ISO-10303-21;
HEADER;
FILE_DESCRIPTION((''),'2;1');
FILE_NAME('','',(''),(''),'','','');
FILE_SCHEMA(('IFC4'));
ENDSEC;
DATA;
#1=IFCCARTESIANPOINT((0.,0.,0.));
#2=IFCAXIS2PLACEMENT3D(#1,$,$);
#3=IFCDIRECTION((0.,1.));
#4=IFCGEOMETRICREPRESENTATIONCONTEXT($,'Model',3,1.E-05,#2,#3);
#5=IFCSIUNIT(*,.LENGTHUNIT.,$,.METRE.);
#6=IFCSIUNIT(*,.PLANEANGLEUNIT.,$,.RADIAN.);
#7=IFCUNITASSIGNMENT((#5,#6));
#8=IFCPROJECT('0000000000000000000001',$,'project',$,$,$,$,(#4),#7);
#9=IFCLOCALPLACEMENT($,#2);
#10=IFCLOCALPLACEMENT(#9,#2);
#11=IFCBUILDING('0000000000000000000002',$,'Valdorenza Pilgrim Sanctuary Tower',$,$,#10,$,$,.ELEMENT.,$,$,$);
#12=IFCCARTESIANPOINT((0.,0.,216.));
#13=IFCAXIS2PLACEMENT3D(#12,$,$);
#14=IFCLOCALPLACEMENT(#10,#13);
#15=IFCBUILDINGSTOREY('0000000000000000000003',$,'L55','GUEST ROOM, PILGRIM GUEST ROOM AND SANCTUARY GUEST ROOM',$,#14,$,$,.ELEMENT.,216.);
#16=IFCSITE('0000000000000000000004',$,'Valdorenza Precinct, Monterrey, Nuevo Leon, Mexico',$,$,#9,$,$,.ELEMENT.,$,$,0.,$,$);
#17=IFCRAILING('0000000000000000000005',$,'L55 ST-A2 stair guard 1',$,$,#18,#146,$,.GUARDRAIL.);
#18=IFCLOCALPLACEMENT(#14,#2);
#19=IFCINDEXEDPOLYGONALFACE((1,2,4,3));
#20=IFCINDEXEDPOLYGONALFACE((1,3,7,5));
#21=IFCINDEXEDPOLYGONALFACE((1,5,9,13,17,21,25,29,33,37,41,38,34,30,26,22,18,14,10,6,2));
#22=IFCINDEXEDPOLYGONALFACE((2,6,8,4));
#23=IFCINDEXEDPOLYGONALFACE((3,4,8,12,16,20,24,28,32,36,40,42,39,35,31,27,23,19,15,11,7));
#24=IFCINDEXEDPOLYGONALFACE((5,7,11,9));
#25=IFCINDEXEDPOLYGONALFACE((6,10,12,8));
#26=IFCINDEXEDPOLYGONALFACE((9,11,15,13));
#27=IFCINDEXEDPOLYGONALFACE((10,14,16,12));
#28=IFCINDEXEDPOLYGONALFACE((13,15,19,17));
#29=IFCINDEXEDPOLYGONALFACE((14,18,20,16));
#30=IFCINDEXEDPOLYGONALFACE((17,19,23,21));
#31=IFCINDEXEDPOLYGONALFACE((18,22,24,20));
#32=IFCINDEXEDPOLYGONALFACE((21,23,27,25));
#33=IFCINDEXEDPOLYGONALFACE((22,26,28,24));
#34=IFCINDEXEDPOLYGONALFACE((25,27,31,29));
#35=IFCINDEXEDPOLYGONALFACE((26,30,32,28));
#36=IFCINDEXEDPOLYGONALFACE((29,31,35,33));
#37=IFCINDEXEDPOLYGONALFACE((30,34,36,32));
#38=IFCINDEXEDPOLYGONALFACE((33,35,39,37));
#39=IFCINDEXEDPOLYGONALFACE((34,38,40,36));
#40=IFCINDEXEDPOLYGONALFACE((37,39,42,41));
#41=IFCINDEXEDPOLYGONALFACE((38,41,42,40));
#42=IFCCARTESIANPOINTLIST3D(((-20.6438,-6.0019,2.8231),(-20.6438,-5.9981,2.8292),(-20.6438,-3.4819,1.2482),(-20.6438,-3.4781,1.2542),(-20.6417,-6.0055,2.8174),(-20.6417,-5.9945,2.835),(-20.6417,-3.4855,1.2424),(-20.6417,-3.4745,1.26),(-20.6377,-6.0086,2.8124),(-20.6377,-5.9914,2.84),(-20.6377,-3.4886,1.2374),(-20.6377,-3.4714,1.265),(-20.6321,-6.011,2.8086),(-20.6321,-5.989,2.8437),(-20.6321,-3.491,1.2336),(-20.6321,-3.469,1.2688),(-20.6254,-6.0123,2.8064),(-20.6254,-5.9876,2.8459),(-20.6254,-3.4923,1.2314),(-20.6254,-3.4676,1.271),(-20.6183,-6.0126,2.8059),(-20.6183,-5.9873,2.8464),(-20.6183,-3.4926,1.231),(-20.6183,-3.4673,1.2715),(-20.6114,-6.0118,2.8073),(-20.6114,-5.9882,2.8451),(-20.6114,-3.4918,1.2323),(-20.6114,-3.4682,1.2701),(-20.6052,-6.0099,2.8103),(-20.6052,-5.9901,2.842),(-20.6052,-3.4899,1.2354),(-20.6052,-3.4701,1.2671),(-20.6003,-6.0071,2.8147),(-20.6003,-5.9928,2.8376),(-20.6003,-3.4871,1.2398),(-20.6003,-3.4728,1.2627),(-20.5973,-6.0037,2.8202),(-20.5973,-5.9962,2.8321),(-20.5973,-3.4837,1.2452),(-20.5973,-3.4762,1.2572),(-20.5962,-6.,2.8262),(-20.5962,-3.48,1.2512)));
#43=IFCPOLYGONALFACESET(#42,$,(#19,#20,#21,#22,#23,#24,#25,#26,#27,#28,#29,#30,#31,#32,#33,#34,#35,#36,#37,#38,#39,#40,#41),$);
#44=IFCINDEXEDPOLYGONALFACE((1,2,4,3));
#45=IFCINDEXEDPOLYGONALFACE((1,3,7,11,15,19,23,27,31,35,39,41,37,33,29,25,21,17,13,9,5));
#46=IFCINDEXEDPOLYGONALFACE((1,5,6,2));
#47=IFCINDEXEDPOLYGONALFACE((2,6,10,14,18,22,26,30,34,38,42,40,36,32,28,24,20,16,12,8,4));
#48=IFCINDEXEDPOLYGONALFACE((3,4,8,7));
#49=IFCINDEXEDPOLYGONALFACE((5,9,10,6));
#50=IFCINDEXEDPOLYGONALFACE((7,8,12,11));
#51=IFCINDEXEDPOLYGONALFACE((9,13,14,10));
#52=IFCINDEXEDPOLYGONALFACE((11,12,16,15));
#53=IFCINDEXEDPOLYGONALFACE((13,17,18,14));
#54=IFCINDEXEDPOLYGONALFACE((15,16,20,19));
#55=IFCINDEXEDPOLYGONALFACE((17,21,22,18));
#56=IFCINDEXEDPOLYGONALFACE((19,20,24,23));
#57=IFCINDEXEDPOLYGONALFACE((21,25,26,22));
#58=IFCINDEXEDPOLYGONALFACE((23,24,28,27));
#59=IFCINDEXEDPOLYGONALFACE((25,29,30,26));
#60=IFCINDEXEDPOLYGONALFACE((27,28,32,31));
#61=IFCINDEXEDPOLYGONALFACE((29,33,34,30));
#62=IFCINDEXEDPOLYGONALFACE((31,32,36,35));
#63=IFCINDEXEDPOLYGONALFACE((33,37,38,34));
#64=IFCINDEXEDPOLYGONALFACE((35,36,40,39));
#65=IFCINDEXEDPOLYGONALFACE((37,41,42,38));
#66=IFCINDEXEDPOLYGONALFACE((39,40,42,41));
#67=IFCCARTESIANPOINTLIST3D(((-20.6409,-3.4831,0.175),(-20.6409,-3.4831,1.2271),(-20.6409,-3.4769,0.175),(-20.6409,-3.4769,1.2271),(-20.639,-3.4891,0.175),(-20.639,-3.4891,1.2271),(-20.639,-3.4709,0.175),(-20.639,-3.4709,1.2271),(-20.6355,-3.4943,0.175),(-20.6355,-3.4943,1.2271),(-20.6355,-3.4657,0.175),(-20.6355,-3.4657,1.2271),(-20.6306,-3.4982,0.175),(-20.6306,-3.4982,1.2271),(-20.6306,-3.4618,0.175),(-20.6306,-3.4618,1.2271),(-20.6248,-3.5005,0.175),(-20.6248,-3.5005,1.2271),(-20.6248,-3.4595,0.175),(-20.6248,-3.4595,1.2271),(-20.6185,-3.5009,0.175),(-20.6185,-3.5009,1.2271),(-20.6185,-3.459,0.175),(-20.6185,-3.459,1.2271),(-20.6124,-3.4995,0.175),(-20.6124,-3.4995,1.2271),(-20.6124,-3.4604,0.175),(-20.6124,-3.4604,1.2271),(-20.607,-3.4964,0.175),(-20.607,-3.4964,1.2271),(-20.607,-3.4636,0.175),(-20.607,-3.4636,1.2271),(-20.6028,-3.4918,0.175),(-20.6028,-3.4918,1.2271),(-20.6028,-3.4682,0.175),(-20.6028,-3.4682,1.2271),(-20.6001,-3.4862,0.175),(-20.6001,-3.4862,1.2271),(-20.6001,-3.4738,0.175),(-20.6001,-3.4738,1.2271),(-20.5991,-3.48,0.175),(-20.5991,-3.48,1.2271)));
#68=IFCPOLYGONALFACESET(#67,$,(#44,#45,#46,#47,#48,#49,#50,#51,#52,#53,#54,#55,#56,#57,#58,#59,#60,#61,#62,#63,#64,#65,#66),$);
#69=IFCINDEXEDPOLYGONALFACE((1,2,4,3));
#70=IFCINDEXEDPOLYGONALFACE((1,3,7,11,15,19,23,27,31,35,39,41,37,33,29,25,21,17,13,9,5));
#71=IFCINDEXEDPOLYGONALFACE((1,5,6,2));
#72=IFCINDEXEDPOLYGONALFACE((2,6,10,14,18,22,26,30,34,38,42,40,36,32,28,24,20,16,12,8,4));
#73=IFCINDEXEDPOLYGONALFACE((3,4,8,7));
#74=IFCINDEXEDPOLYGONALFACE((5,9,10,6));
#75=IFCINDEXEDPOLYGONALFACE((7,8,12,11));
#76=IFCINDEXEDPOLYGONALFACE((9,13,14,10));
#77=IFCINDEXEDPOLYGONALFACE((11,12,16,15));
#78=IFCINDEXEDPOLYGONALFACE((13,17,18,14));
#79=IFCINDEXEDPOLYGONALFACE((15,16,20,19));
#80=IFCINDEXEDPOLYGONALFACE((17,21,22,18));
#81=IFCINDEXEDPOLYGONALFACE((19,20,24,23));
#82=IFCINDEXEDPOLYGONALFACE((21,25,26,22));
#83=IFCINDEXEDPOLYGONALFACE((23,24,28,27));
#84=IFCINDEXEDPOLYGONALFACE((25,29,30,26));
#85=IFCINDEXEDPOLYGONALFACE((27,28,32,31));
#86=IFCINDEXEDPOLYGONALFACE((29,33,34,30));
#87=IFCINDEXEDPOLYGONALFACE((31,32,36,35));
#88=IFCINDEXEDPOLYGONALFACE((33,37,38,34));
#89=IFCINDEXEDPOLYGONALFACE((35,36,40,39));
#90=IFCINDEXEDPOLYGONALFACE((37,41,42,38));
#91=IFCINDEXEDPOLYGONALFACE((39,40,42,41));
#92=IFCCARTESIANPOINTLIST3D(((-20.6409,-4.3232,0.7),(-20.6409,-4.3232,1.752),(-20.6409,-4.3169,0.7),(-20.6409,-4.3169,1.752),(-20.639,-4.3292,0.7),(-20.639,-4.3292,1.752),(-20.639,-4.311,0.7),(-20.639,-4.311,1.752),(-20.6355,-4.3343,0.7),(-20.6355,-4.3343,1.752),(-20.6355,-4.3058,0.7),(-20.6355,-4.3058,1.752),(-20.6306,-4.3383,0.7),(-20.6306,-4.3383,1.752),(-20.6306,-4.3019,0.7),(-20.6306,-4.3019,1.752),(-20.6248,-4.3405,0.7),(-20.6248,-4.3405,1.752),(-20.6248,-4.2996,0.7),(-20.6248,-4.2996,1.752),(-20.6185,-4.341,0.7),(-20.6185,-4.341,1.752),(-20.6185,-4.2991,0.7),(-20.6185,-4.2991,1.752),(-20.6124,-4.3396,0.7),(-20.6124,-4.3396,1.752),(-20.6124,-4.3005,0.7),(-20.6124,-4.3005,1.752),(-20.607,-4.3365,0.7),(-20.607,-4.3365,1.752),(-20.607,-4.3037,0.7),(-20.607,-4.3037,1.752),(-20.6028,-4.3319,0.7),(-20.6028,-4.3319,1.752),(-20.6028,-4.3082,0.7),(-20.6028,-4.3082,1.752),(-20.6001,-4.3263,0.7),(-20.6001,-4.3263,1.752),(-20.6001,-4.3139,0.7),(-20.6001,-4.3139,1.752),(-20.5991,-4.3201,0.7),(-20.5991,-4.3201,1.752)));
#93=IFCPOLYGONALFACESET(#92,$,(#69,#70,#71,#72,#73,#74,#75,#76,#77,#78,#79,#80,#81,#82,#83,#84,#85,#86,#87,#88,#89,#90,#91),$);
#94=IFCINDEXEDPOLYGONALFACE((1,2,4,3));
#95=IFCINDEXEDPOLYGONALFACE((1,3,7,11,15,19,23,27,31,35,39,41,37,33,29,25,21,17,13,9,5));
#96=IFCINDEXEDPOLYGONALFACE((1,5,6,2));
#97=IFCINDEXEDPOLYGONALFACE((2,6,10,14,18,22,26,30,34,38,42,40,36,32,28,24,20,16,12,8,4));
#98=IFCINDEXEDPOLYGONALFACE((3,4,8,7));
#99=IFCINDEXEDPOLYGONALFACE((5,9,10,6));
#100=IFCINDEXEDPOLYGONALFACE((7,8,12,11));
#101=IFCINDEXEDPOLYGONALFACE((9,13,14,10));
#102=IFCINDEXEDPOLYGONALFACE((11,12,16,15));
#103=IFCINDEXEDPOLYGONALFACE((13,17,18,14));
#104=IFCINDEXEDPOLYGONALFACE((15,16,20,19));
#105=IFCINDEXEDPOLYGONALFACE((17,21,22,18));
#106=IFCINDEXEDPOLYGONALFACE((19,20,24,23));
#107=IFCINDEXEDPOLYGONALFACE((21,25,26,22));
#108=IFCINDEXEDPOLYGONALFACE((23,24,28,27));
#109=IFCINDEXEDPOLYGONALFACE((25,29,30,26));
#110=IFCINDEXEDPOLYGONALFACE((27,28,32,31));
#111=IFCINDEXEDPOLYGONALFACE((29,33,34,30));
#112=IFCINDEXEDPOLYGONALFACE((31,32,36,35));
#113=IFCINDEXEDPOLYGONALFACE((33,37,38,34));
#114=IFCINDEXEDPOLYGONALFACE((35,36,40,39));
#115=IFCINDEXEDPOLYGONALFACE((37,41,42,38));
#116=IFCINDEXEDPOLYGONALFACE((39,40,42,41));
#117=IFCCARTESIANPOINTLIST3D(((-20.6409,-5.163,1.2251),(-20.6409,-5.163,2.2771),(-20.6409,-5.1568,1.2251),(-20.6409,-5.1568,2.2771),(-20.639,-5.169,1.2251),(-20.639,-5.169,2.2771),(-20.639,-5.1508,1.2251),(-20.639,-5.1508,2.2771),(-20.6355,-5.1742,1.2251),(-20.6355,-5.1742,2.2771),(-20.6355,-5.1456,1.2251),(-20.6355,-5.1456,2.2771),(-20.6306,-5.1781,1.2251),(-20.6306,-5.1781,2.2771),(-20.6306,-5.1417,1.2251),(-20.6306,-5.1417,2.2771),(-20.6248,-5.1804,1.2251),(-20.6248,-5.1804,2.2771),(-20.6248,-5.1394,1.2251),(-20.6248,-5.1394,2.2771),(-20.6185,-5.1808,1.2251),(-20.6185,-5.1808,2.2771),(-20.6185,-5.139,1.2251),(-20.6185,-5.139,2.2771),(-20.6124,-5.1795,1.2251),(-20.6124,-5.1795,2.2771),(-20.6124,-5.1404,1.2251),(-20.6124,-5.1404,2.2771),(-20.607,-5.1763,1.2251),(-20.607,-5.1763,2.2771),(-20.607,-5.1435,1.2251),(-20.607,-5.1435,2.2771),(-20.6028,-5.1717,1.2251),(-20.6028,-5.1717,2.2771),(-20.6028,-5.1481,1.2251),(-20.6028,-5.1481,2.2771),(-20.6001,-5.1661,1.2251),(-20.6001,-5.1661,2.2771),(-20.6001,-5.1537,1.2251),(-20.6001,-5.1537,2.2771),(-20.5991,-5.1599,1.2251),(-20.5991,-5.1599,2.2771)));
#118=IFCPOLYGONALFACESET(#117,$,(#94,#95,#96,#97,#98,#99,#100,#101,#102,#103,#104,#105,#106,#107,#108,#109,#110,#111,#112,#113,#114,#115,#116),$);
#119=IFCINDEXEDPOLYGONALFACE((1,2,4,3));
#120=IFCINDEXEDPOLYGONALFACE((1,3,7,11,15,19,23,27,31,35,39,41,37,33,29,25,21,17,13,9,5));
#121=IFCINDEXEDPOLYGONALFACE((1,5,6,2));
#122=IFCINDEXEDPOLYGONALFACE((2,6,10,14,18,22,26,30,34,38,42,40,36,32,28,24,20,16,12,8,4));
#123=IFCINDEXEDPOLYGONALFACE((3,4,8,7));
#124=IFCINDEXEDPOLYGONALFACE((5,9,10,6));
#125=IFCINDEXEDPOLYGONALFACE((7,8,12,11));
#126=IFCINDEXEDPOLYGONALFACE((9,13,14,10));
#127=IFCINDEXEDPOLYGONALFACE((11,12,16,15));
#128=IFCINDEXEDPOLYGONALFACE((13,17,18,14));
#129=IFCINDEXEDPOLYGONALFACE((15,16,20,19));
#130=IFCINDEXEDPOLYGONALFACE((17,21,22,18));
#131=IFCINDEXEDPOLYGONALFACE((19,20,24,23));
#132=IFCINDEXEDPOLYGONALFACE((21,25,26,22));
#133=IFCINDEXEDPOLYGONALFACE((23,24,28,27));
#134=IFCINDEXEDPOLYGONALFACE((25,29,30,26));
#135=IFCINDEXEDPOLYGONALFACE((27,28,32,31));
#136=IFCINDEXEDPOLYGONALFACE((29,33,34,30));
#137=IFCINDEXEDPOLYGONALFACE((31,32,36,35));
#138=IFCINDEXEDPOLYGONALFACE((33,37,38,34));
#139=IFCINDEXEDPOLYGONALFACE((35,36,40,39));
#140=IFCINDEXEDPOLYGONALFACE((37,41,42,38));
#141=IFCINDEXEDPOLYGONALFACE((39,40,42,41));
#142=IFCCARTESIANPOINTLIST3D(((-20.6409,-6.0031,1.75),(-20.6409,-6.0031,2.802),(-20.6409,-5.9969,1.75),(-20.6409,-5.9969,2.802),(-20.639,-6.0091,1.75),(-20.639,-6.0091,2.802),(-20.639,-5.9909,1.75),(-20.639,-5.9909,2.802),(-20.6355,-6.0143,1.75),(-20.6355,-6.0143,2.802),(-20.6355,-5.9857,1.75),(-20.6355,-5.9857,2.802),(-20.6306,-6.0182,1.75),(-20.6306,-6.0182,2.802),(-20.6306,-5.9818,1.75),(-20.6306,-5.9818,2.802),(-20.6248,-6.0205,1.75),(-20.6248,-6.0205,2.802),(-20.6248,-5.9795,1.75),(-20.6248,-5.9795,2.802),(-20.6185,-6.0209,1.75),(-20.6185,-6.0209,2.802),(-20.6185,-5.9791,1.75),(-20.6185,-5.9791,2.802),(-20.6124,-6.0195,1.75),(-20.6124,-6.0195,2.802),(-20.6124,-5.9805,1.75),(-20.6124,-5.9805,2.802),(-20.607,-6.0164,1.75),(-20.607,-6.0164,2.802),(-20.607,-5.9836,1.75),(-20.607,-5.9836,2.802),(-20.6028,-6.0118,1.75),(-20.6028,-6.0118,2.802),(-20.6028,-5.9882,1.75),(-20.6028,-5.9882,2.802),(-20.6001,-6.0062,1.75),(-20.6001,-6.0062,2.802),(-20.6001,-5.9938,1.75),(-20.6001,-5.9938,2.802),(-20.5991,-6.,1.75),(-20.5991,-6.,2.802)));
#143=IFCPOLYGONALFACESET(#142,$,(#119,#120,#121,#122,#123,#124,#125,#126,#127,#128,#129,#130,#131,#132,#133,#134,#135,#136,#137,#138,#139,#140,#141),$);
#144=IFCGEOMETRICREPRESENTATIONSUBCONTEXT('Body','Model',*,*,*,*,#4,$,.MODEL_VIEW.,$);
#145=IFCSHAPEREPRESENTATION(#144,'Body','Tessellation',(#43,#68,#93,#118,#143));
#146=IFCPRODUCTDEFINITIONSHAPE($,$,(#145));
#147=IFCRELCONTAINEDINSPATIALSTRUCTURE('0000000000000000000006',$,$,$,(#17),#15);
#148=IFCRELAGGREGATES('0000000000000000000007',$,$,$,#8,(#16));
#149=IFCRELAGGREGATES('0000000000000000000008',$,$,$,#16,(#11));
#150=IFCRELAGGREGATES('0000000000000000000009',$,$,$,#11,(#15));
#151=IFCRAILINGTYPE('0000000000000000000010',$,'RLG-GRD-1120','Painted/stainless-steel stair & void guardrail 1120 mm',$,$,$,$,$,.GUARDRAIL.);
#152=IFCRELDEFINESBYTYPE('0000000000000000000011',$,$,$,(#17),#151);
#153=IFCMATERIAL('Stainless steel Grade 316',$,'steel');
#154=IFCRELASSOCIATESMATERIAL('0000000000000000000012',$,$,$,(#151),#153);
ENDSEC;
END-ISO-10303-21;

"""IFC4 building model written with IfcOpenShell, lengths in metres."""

from ifc_helpers import new_model, si_unit, direction, frame, origin, origin_2d, place, context, subcontext, project, spatial, circle, extrude, material, type_object, element, save


model = new_model("IFC4")

# Units and contexts
model_context = context("Model", 3, precision=1e-05, world=origin(), true_north=direction((0.0, 1.0)))
body_context = subcontext(model_context, "Body", "Model", "MODEL_VIEW")
ifc_project = project(units=[si_unit("LENGTHUNIT", "METRE"), si_unit("PLANEANGLEUNIT", "RADIAN")], contexts=[model_context])

# Site, building, storey
site_placement = place(None, origin())
site = spatial("IfcSite", under=ifc_project, at=site_placement, Name="Valdorenza Precinct, Monterrey, Nuevo Leon, Mexico", CompositionType="ELEMENT", RefElevation=0.0)
building_placement = place(site_placement, origin())
building = spatial("IfcBuilding", under=site, at=building_placement, Name="Valdorenza Pilgrim Sanctuary Tower", CompositionType="ELEMENT")
storey_placement = place(building_placement, frame((0.0, 0.0, 216.0)))
storey = spatial("IfcBuildingStorey", under=building, at=storey_placement, Name="L55", Description="GUEST ROOM, PILGRIM GUEST ROOM AND SANCTUARY GUEST ROOM", CompositionType="ELEMENT", Elevation=216.0)

# Railing
ifc_material_1 = material(Name="Stainless steel Grade 316", Category="steel")
railing_type_1 = type_object("IfcRailingType", Name="RLG-GRD-1120", Description="Painted/stainless-steel stair & void guardrail 1120 mm", PredefinedType="GUARDRAIL", material=ifc_material_1)
railing_1_placement = place(storey_placement, frame((-20.6201, -3.48, 0.175)))
element("IfcRailing", 1, at=railing_1_placement, inside=storey, type_object=railing_type_1, Name="L55 ST-A2 stair guard 1", PredefinedType="GUARDRAIL", context=body_context, shape_type="SweptSolid", body=[
    extrude(circle(Radius=0.0239, at=origin_2d()), frame((0.0, 0.0, 1.0762), z_axis=(0.0, -0.848008, 0.529984), x_axis=(1.0, 0.0, 0.0)), (0.0, 0.0, 1.0), 2.9717),
    extrude(circle(Radius=0.021, at=origin_2d()), origin(), (0.0, 0.0, 1.0), 1.052),
    extrude(circle(Radius=0.021, at=origin_2d()), frame((0.0, -0.8401, 0.5249)), (0.0, 0.0, 1.0), 1.052),
    extrude(circle(Radius=0.021, at=origin_2d()), frame((0.0, -1.6799, 1.05)), (0.0, 0.0, 1.0), 1.052),
    extrude(circle(Radius=0.021, at=origin_2d()), frame((0.0, -2.52, 1.575)), (0.0, 0.0, 1.0), 1.052),
])

save(model, "model.ifc")
